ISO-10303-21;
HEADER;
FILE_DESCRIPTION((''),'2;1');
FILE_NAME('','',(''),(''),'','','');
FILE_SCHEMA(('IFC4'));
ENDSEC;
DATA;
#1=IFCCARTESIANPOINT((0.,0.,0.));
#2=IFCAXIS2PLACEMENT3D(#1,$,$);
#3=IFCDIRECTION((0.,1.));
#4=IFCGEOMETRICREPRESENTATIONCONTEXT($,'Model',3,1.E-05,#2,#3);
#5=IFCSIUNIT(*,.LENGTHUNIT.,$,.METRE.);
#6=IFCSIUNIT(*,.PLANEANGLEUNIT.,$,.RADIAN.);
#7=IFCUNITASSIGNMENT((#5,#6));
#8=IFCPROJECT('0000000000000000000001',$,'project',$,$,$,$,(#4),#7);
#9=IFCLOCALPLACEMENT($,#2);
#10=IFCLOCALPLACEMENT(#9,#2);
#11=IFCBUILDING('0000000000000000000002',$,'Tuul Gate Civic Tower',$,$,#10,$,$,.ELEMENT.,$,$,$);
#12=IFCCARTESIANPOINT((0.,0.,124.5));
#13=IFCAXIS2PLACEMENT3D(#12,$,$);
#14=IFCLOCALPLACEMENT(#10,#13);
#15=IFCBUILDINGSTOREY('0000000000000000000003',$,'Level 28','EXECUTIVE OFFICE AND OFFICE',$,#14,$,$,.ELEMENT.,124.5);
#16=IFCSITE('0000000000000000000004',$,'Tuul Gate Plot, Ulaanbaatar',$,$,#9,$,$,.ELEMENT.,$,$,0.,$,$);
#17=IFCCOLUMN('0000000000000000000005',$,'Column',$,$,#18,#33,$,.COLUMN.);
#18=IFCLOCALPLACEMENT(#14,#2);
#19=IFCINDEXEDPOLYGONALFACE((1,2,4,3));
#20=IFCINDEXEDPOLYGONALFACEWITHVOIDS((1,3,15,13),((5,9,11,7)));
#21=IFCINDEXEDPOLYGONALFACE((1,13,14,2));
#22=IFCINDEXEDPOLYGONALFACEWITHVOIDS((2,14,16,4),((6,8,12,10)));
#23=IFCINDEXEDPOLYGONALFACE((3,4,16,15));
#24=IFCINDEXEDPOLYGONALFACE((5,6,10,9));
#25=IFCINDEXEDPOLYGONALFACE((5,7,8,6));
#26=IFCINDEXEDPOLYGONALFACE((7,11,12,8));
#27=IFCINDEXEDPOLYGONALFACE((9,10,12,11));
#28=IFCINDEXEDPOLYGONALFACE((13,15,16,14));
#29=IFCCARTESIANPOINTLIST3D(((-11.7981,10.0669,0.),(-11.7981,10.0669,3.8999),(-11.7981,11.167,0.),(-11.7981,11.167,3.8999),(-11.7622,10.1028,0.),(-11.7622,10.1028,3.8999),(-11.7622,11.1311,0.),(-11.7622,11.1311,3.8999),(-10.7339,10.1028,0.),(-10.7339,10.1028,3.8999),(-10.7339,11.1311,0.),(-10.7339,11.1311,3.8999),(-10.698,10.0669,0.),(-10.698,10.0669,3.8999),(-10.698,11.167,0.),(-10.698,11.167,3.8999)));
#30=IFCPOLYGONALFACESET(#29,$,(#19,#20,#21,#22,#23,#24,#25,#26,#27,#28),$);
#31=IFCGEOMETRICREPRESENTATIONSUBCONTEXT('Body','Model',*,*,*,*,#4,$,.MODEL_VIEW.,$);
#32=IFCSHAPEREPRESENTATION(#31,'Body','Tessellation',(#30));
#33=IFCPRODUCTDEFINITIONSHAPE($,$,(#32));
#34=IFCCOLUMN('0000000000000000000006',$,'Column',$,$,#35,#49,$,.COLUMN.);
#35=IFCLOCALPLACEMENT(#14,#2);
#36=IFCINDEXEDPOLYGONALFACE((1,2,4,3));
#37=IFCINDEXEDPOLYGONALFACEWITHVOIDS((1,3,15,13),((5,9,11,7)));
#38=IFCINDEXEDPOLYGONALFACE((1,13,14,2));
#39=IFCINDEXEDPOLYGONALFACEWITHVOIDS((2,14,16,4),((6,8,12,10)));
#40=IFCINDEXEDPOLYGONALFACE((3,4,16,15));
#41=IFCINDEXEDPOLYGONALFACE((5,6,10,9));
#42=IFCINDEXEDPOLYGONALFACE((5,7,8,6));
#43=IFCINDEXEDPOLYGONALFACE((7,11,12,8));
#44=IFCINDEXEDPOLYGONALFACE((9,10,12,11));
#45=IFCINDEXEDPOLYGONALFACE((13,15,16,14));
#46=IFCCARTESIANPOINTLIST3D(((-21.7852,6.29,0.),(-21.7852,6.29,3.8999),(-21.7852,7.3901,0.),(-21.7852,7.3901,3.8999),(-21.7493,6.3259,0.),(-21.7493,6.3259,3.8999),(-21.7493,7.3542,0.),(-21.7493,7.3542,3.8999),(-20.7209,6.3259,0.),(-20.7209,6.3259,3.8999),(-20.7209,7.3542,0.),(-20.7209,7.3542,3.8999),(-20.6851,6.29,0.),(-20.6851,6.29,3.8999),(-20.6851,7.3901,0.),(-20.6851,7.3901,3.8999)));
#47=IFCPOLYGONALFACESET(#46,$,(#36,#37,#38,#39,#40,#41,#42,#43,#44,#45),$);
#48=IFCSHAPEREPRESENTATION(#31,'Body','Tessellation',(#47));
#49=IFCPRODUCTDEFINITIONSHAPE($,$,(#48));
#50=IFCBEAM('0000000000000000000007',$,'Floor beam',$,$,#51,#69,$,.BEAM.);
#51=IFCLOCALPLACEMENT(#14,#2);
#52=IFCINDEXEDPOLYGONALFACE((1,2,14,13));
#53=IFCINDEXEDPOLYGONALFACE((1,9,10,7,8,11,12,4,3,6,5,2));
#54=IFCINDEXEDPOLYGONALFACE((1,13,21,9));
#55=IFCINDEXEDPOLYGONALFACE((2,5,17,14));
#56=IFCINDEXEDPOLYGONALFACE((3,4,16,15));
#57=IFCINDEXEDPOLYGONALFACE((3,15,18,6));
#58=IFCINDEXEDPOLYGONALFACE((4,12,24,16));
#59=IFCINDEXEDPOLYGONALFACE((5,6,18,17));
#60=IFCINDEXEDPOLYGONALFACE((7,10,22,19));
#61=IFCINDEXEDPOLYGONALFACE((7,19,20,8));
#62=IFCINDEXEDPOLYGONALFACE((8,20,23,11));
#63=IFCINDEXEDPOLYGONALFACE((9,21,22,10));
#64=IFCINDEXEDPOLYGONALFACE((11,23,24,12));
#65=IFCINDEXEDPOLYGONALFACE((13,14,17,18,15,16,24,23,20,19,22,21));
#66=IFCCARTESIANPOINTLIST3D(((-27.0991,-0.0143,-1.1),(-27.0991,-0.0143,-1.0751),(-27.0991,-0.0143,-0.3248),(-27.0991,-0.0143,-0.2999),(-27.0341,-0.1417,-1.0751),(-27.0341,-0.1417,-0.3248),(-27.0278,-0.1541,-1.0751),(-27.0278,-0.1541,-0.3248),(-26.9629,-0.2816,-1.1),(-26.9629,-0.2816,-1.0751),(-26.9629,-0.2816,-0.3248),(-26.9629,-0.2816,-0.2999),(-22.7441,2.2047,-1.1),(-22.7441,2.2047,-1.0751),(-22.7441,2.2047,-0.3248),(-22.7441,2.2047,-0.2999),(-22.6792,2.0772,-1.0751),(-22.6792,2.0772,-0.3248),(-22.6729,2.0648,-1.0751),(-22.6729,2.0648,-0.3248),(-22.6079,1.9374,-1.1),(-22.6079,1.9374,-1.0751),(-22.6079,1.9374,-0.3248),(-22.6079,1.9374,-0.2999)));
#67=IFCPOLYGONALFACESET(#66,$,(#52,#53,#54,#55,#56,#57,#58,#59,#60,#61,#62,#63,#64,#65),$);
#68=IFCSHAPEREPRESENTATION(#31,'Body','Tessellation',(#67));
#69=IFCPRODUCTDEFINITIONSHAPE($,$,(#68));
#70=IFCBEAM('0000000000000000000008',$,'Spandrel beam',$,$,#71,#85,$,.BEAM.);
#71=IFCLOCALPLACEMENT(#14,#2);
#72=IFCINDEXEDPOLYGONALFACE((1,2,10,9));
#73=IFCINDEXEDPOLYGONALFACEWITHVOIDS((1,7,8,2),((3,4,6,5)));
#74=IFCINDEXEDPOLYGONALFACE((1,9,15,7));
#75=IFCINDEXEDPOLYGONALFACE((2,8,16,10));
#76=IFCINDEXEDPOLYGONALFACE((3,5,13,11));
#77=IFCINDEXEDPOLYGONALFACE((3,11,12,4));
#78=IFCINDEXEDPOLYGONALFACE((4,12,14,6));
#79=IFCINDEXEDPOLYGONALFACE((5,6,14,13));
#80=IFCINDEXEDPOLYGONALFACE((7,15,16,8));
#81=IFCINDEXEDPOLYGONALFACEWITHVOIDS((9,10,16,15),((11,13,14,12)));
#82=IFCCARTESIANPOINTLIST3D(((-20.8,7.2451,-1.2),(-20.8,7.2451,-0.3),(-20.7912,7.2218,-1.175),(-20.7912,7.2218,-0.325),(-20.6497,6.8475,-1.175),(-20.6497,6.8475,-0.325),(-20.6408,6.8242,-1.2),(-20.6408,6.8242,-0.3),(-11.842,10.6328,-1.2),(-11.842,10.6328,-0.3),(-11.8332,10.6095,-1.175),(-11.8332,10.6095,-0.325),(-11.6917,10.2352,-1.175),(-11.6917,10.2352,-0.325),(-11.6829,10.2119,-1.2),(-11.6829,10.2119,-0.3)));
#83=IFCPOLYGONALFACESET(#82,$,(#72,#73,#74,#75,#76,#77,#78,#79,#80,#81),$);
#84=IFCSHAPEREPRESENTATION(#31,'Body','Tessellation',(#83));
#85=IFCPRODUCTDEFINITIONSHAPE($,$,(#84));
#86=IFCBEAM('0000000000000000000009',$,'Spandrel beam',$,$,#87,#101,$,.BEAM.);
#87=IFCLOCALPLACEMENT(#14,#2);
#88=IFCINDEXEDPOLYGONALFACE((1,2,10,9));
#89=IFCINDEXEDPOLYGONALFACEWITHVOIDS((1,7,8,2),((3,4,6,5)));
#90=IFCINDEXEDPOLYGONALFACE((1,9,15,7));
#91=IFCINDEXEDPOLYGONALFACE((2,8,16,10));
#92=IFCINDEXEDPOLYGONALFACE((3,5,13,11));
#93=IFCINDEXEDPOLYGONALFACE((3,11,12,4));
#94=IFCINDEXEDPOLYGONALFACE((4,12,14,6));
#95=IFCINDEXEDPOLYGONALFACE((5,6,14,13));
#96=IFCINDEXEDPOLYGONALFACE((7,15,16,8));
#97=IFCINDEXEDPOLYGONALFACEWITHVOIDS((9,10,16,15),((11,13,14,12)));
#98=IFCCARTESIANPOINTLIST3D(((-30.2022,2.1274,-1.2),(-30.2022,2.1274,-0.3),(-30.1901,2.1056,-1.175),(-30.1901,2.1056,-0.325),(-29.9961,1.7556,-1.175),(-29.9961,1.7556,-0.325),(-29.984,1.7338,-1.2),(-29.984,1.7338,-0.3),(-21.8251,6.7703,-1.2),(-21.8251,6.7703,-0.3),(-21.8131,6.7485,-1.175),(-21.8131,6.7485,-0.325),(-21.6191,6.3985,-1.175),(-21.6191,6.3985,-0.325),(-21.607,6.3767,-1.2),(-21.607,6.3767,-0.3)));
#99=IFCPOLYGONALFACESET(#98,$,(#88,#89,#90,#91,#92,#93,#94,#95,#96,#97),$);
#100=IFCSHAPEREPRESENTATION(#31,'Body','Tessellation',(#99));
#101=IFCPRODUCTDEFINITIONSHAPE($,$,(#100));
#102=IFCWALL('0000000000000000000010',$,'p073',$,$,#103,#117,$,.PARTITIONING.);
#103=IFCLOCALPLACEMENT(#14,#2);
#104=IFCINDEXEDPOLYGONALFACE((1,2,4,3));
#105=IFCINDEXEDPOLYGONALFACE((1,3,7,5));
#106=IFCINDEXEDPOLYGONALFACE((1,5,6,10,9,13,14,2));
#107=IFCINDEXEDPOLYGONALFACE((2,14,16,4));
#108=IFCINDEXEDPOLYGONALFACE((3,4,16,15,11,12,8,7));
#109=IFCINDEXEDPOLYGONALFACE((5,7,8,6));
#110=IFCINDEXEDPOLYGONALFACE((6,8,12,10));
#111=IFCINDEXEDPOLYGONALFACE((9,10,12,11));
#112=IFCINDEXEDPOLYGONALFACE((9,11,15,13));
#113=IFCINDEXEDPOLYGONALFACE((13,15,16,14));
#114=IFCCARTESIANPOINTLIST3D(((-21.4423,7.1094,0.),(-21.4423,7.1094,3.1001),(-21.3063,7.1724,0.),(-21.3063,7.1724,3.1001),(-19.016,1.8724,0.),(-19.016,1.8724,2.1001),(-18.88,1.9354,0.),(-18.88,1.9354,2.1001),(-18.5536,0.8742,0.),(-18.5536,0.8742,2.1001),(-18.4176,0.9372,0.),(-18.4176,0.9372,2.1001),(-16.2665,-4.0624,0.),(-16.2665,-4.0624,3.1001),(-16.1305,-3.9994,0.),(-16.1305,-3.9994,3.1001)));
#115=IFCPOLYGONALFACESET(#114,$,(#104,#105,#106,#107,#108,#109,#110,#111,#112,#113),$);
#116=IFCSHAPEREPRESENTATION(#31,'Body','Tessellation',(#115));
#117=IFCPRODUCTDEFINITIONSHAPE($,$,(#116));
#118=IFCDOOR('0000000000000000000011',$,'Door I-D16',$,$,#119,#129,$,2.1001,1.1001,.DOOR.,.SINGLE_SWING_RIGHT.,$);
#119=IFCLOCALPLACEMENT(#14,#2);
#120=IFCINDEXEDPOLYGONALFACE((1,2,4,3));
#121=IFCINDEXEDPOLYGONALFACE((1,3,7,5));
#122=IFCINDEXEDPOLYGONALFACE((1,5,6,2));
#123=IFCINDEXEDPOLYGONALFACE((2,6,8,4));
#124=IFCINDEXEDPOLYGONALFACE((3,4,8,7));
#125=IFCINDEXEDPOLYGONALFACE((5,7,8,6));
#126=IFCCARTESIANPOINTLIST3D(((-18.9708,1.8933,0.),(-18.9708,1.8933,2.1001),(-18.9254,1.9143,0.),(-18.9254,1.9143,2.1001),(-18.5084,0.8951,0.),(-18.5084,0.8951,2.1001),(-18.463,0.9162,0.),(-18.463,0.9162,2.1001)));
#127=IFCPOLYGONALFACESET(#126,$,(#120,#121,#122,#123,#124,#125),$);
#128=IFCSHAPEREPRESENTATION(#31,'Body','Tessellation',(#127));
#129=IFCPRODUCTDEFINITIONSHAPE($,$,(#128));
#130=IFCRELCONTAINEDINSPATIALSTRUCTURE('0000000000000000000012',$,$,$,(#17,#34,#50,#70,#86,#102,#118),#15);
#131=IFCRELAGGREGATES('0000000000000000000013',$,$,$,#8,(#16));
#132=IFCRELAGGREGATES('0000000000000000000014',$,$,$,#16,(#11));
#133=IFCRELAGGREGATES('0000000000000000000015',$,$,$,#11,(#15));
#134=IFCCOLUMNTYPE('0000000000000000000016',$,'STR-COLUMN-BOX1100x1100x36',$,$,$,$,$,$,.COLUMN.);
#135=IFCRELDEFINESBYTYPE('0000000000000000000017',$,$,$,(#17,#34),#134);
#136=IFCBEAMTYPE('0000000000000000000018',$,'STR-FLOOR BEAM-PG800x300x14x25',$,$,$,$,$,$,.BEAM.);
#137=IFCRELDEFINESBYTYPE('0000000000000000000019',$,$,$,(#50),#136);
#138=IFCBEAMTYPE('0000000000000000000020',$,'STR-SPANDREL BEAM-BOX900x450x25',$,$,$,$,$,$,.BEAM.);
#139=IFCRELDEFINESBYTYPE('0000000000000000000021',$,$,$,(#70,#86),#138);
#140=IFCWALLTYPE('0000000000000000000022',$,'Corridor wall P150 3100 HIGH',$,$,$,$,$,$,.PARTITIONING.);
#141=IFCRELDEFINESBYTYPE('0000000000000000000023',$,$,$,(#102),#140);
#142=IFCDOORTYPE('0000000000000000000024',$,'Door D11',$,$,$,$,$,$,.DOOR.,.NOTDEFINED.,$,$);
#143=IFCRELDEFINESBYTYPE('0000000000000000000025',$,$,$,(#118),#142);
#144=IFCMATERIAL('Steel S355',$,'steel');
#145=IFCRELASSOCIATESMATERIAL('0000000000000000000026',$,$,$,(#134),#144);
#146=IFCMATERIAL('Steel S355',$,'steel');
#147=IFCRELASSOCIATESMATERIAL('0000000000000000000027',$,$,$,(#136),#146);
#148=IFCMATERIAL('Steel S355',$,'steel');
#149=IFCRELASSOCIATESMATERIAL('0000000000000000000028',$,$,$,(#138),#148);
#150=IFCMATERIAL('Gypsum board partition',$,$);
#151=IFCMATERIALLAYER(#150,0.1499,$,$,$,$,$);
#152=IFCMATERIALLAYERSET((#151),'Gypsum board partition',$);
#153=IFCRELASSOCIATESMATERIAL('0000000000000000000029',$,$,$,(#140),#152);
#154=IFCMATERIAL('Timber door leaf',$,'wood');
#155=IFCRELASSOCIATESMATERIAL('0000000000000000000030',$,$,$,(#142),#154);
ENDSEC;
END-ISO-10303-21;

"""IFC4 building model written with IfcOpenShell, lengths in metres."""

from ifc_helpers import new_model, si_unit, direction, frame, frame_2d, origin, origin_2d, place, context, subcontext, project, spatial, rectangle, hollow_rectangle, i_section, extrude, material, layer, layer_set, material_profile, profile_set, type_object, element, fill, save


model = new_model("IFC4")

# Units and contexts
model_context = context("Model", 3, precision=1e-05, world=origin(), true_north=direction((0.0, 1.0)))
body_context = subcontext(model_context, "Body", "Model", "MODEL_VIEW")
ifc_project = project(units=[si_unit("LENGTHUNIT", "METRE"), si_unit("PLANEANGLEUNIT", "RADIAN")], contexts=[model_context])

# Site, building, storey
site_placement = place(None, origin())
site = spatial("IfcSite", under=ifc_project, at=site_placement, Name="Tuul Gate Plot, Ulaanbaatar", CompositionType="ELEMENT", RefElevation=0.0)
building_placement = place(site_placement, origin())
building = spatial("IfcBuilding", under=site, at=building_placement, Name="Tuul Gate Civic Tower", CompositionType="ELEMENT")
storey_placement = place(building_placement, frame((0.0, 0.0, 124.5)))
storey = spatial("IfcBuildingStorey", under=building, at=storey_placement, Name="Level 28", Description="EXECUTIVE OFFICE AND OFFICE", CompositionType="ELEMENT", Elevation=124.5)

# Columns
ifc_material_1 = material(Name="Steel S355", Category="steel")
ifc_material_profile_1 = material_profile(ifc_material_1, hollow_rectangle(XDim=1.1001, YDim=1.1001, WallThickness=0.0359, at=origin_2d()), Name="BOX1100x1100x36")
ifc_profile_set_1 = profile_set([ifc_material_profile_1], Name="Steel S355")
column_type = type_object("IfcColumnType", Name="STR-COLUMN-BOX1100x1100x36", PredefinedType="COLUMN", material=ifc_profile_set_1)
for number, where, z_axis, x_axis, name in (
    (1, (-11.248, 10.6169, 0.0), (0.0, 0.0, 1.0), (1.0, 0.0, 0.0), "Column"),
    (2, (-21.2351, 6.8401, 0.0), (0.0, 0.0, 1.0), (1.0, 0.0, 0.0), "Column"),
):
    element("IfcColumn", number, at=place(storey_placement, frame(where, z_axis=z_axis, x_axis=x_axis)), inside=storey, type_object=column_type, Name=name, PredefinedType="COLUMN", context=body_context, shape_type="SweptSolid", body=[
        extrude(hollow_rectangle(XDim=1.1001, YDim=1.1001, WallThickness=0.0359, at=origin_2d()), origin(), (0.0, 0.0, 1.0), 3.8999),
    ])

# Beams
ifc_material_2 = material(Name="Steel S355", Category="steel")
ifc_material_profile_2 = material_profile(ifc_material_2, i_section(OverallWidth=0.3, OverallDepth=0.8, WebThickness=0.0139, FlangeThickness=0.0249, at=origin_2d()), Name="PG800x300x14x25")
ifc_profile_set_2 = profile_set([ifc_material_profile_2], Name="Steel S355")
beam_type_1 = type_object("IfcBeamType", Name="STR-FLOOR BEAM-PG800x300x14x25", PredefinedType="BEAM", material=ifc_profile_set_2)
beam_1_placement = place(storey_placement, frame((-22.676, 2.071, -0.7), z_axis=(-0.891005, -0.453994, 0.0), x_axis=(0.453994, -0.891005, 0.0)))
element("IfcBeam", 3, at=beam_1_placement, inside=storey, type_object=beam_type_1, Name="Floor beam", PredefinedType="BEAM", context=body_context, shape_type="SweptSolid", body=[
    extrude(i_section(OverallWidth=0.3, OverallDepth=0.8, WebThickness=0.0139, FlangeThickness=0.0249, at=origin_2d()), origin(), (0.0, 0.0, 1.0), 4.8877),
])
ifc_material_3 = material(Name="Steel S355", Category="steel")
ifc_material_profile_3 = material_profile(ifc_material_3, hollow_rectangle(XDim=0.45, YDim=0.8999, WallThickness=0.0249, at=origin_2d()), Name="BOX900x450x25")
ifc_profile_set_3 = profile_set([ifc_material_profile_3], Name="Steel S355")
beam_type_2 = type_object("IfcBeamType", Name="STR-SPANDREL BEAM-BOX900x450x25", PredefinedType="BEAM", material=ifc_profile_set_3)
beam_2_placement = place(storey_placement, frame((-11.7625, 10.4224, -0.75), z_axis=(-0.935349, -0.353726, 0.0), x_axis=(0.353726, -0.935349, 0.0)))
element("IfcBeam", 4, at=beam_2_placement, inside=storey, type_object=beam_type_2, Name="Spandrel beam", PredefinedType="BEAM", context=body_context, shape_type="SweptSolid", body=[
    extrude(hollow_rectangle(XDim=0.45, YDim=0.8999, WallThickness=0.0249, at=origin_2d()), origin(), (0.0, 0.0, 1.0), 9.5771),
])
beam_3_placement = place(storey_placement, frame((-21.7161, 6.5735, -0.75), z_axis=(-0.874646, -0.484762, 0.0), x_axis=(0.484762, -0.874646, 0.0)))
element("IfcBeam", 5, at=beam_3_placement, inside=storey, type_object=beam_type_2, Name="Spandrel beam", PredefinedType="BEAM", context=body_context, shape_type="SweptSolid", body=[
    extrude(hollow_rectangle(XDim=0.45, YDim=0.8999, WallThickness=0.0249, at=origin_2d()), origin(), (0.0, 0.0, 1.0), 9.5776),
])

# Wall, opening, door
ifc_material_4 = material(Name="Gypsum board partition")
ifc_layer_1 = layer(ifc_material_4, 0.1499)
ifc_layer_set_1 = layer_set([ifc_layer_1], Name="Gypsum board partition")
wall_type_1 = type_object("IfcWallType", Name="Corridor wall P150 3100 HIGH", PredefinedType="PARTITIONING", material=ifc_layer_set_1)
wall_1_placement = place(storey_placement, frame((-21.3743, 7.1409, 0.0), z_axis=(0.0, 0.0, 1.0), x_axis=(0.420365, -0.907355, 0.0)))
wall_1 = element("IfcWall", 6, at=wall_1_placement, inside=storey, type_object=wall_type_1, Name="p073", PredefinedType="PARTITIONING", context=body_context, shape_type="SweptSolid", body=[
    extrude(rectangle(XDim=12.3125, YDim=0.1499, at=frame_2d((6.1562, 0.0))), origin(), (0.0, 0.0, 1.0), 3.1001),
])
opening_1_placement = place(wall_1_placement, frame((5.7717, 0.0, 0.0)))
opening_1 = element("IfcOpeningElement", 7, at=opening_1_placement, cuts=wall_1, PredefinedType="OPENING", context=body_context, shape_type="SweptSolid", body=[
    extrude(rectangle(XDim=1.1001, YDim=2.1001, at=frame_2d((0.55, 1.05))), frame((0.0, 0.085, 0.0), z_axis=(0.0, -1.0, 0.0), x_axis=(1.0, 0.0, 0.0)), (0.0, 0.0, 1.0), 0.1699),
])
ifc_material_5 = material(Name="Timber door leaf", Category="wood")
door_type = type_object("IfcDoorType", Name="Door D11", OperationType="NOTDEFINED", PredefinedType="DOOR", material=ifc_material_5)
door_placement = place(opening_1_placement, origin())
door = element("IfcDoor", 8, at=door_placement, inside=storey, type_object=door_type, Name="Door I-D16", OperationType="SINGLE_SWING_RIGHT", OverallHeight=2.1001, OverallWidth=1.1001, PredefinedType="DOOR", context=body_context, shape_type="SweptSolid", body=[
    extrude(rectangle(XDim=1.1001, YDim=2.1001, at=frame_2d((0.55, 1.05))), frame((0.0, 0.0249, 0.0), z_axis=(0.0, -1.0, 0.0), x_axis=(1.0, 0.0, 0.0)), (0.0, 0.0, 1.0), 0.05),
])
fill(opening_1, door)

save(model, "model.ifc")
